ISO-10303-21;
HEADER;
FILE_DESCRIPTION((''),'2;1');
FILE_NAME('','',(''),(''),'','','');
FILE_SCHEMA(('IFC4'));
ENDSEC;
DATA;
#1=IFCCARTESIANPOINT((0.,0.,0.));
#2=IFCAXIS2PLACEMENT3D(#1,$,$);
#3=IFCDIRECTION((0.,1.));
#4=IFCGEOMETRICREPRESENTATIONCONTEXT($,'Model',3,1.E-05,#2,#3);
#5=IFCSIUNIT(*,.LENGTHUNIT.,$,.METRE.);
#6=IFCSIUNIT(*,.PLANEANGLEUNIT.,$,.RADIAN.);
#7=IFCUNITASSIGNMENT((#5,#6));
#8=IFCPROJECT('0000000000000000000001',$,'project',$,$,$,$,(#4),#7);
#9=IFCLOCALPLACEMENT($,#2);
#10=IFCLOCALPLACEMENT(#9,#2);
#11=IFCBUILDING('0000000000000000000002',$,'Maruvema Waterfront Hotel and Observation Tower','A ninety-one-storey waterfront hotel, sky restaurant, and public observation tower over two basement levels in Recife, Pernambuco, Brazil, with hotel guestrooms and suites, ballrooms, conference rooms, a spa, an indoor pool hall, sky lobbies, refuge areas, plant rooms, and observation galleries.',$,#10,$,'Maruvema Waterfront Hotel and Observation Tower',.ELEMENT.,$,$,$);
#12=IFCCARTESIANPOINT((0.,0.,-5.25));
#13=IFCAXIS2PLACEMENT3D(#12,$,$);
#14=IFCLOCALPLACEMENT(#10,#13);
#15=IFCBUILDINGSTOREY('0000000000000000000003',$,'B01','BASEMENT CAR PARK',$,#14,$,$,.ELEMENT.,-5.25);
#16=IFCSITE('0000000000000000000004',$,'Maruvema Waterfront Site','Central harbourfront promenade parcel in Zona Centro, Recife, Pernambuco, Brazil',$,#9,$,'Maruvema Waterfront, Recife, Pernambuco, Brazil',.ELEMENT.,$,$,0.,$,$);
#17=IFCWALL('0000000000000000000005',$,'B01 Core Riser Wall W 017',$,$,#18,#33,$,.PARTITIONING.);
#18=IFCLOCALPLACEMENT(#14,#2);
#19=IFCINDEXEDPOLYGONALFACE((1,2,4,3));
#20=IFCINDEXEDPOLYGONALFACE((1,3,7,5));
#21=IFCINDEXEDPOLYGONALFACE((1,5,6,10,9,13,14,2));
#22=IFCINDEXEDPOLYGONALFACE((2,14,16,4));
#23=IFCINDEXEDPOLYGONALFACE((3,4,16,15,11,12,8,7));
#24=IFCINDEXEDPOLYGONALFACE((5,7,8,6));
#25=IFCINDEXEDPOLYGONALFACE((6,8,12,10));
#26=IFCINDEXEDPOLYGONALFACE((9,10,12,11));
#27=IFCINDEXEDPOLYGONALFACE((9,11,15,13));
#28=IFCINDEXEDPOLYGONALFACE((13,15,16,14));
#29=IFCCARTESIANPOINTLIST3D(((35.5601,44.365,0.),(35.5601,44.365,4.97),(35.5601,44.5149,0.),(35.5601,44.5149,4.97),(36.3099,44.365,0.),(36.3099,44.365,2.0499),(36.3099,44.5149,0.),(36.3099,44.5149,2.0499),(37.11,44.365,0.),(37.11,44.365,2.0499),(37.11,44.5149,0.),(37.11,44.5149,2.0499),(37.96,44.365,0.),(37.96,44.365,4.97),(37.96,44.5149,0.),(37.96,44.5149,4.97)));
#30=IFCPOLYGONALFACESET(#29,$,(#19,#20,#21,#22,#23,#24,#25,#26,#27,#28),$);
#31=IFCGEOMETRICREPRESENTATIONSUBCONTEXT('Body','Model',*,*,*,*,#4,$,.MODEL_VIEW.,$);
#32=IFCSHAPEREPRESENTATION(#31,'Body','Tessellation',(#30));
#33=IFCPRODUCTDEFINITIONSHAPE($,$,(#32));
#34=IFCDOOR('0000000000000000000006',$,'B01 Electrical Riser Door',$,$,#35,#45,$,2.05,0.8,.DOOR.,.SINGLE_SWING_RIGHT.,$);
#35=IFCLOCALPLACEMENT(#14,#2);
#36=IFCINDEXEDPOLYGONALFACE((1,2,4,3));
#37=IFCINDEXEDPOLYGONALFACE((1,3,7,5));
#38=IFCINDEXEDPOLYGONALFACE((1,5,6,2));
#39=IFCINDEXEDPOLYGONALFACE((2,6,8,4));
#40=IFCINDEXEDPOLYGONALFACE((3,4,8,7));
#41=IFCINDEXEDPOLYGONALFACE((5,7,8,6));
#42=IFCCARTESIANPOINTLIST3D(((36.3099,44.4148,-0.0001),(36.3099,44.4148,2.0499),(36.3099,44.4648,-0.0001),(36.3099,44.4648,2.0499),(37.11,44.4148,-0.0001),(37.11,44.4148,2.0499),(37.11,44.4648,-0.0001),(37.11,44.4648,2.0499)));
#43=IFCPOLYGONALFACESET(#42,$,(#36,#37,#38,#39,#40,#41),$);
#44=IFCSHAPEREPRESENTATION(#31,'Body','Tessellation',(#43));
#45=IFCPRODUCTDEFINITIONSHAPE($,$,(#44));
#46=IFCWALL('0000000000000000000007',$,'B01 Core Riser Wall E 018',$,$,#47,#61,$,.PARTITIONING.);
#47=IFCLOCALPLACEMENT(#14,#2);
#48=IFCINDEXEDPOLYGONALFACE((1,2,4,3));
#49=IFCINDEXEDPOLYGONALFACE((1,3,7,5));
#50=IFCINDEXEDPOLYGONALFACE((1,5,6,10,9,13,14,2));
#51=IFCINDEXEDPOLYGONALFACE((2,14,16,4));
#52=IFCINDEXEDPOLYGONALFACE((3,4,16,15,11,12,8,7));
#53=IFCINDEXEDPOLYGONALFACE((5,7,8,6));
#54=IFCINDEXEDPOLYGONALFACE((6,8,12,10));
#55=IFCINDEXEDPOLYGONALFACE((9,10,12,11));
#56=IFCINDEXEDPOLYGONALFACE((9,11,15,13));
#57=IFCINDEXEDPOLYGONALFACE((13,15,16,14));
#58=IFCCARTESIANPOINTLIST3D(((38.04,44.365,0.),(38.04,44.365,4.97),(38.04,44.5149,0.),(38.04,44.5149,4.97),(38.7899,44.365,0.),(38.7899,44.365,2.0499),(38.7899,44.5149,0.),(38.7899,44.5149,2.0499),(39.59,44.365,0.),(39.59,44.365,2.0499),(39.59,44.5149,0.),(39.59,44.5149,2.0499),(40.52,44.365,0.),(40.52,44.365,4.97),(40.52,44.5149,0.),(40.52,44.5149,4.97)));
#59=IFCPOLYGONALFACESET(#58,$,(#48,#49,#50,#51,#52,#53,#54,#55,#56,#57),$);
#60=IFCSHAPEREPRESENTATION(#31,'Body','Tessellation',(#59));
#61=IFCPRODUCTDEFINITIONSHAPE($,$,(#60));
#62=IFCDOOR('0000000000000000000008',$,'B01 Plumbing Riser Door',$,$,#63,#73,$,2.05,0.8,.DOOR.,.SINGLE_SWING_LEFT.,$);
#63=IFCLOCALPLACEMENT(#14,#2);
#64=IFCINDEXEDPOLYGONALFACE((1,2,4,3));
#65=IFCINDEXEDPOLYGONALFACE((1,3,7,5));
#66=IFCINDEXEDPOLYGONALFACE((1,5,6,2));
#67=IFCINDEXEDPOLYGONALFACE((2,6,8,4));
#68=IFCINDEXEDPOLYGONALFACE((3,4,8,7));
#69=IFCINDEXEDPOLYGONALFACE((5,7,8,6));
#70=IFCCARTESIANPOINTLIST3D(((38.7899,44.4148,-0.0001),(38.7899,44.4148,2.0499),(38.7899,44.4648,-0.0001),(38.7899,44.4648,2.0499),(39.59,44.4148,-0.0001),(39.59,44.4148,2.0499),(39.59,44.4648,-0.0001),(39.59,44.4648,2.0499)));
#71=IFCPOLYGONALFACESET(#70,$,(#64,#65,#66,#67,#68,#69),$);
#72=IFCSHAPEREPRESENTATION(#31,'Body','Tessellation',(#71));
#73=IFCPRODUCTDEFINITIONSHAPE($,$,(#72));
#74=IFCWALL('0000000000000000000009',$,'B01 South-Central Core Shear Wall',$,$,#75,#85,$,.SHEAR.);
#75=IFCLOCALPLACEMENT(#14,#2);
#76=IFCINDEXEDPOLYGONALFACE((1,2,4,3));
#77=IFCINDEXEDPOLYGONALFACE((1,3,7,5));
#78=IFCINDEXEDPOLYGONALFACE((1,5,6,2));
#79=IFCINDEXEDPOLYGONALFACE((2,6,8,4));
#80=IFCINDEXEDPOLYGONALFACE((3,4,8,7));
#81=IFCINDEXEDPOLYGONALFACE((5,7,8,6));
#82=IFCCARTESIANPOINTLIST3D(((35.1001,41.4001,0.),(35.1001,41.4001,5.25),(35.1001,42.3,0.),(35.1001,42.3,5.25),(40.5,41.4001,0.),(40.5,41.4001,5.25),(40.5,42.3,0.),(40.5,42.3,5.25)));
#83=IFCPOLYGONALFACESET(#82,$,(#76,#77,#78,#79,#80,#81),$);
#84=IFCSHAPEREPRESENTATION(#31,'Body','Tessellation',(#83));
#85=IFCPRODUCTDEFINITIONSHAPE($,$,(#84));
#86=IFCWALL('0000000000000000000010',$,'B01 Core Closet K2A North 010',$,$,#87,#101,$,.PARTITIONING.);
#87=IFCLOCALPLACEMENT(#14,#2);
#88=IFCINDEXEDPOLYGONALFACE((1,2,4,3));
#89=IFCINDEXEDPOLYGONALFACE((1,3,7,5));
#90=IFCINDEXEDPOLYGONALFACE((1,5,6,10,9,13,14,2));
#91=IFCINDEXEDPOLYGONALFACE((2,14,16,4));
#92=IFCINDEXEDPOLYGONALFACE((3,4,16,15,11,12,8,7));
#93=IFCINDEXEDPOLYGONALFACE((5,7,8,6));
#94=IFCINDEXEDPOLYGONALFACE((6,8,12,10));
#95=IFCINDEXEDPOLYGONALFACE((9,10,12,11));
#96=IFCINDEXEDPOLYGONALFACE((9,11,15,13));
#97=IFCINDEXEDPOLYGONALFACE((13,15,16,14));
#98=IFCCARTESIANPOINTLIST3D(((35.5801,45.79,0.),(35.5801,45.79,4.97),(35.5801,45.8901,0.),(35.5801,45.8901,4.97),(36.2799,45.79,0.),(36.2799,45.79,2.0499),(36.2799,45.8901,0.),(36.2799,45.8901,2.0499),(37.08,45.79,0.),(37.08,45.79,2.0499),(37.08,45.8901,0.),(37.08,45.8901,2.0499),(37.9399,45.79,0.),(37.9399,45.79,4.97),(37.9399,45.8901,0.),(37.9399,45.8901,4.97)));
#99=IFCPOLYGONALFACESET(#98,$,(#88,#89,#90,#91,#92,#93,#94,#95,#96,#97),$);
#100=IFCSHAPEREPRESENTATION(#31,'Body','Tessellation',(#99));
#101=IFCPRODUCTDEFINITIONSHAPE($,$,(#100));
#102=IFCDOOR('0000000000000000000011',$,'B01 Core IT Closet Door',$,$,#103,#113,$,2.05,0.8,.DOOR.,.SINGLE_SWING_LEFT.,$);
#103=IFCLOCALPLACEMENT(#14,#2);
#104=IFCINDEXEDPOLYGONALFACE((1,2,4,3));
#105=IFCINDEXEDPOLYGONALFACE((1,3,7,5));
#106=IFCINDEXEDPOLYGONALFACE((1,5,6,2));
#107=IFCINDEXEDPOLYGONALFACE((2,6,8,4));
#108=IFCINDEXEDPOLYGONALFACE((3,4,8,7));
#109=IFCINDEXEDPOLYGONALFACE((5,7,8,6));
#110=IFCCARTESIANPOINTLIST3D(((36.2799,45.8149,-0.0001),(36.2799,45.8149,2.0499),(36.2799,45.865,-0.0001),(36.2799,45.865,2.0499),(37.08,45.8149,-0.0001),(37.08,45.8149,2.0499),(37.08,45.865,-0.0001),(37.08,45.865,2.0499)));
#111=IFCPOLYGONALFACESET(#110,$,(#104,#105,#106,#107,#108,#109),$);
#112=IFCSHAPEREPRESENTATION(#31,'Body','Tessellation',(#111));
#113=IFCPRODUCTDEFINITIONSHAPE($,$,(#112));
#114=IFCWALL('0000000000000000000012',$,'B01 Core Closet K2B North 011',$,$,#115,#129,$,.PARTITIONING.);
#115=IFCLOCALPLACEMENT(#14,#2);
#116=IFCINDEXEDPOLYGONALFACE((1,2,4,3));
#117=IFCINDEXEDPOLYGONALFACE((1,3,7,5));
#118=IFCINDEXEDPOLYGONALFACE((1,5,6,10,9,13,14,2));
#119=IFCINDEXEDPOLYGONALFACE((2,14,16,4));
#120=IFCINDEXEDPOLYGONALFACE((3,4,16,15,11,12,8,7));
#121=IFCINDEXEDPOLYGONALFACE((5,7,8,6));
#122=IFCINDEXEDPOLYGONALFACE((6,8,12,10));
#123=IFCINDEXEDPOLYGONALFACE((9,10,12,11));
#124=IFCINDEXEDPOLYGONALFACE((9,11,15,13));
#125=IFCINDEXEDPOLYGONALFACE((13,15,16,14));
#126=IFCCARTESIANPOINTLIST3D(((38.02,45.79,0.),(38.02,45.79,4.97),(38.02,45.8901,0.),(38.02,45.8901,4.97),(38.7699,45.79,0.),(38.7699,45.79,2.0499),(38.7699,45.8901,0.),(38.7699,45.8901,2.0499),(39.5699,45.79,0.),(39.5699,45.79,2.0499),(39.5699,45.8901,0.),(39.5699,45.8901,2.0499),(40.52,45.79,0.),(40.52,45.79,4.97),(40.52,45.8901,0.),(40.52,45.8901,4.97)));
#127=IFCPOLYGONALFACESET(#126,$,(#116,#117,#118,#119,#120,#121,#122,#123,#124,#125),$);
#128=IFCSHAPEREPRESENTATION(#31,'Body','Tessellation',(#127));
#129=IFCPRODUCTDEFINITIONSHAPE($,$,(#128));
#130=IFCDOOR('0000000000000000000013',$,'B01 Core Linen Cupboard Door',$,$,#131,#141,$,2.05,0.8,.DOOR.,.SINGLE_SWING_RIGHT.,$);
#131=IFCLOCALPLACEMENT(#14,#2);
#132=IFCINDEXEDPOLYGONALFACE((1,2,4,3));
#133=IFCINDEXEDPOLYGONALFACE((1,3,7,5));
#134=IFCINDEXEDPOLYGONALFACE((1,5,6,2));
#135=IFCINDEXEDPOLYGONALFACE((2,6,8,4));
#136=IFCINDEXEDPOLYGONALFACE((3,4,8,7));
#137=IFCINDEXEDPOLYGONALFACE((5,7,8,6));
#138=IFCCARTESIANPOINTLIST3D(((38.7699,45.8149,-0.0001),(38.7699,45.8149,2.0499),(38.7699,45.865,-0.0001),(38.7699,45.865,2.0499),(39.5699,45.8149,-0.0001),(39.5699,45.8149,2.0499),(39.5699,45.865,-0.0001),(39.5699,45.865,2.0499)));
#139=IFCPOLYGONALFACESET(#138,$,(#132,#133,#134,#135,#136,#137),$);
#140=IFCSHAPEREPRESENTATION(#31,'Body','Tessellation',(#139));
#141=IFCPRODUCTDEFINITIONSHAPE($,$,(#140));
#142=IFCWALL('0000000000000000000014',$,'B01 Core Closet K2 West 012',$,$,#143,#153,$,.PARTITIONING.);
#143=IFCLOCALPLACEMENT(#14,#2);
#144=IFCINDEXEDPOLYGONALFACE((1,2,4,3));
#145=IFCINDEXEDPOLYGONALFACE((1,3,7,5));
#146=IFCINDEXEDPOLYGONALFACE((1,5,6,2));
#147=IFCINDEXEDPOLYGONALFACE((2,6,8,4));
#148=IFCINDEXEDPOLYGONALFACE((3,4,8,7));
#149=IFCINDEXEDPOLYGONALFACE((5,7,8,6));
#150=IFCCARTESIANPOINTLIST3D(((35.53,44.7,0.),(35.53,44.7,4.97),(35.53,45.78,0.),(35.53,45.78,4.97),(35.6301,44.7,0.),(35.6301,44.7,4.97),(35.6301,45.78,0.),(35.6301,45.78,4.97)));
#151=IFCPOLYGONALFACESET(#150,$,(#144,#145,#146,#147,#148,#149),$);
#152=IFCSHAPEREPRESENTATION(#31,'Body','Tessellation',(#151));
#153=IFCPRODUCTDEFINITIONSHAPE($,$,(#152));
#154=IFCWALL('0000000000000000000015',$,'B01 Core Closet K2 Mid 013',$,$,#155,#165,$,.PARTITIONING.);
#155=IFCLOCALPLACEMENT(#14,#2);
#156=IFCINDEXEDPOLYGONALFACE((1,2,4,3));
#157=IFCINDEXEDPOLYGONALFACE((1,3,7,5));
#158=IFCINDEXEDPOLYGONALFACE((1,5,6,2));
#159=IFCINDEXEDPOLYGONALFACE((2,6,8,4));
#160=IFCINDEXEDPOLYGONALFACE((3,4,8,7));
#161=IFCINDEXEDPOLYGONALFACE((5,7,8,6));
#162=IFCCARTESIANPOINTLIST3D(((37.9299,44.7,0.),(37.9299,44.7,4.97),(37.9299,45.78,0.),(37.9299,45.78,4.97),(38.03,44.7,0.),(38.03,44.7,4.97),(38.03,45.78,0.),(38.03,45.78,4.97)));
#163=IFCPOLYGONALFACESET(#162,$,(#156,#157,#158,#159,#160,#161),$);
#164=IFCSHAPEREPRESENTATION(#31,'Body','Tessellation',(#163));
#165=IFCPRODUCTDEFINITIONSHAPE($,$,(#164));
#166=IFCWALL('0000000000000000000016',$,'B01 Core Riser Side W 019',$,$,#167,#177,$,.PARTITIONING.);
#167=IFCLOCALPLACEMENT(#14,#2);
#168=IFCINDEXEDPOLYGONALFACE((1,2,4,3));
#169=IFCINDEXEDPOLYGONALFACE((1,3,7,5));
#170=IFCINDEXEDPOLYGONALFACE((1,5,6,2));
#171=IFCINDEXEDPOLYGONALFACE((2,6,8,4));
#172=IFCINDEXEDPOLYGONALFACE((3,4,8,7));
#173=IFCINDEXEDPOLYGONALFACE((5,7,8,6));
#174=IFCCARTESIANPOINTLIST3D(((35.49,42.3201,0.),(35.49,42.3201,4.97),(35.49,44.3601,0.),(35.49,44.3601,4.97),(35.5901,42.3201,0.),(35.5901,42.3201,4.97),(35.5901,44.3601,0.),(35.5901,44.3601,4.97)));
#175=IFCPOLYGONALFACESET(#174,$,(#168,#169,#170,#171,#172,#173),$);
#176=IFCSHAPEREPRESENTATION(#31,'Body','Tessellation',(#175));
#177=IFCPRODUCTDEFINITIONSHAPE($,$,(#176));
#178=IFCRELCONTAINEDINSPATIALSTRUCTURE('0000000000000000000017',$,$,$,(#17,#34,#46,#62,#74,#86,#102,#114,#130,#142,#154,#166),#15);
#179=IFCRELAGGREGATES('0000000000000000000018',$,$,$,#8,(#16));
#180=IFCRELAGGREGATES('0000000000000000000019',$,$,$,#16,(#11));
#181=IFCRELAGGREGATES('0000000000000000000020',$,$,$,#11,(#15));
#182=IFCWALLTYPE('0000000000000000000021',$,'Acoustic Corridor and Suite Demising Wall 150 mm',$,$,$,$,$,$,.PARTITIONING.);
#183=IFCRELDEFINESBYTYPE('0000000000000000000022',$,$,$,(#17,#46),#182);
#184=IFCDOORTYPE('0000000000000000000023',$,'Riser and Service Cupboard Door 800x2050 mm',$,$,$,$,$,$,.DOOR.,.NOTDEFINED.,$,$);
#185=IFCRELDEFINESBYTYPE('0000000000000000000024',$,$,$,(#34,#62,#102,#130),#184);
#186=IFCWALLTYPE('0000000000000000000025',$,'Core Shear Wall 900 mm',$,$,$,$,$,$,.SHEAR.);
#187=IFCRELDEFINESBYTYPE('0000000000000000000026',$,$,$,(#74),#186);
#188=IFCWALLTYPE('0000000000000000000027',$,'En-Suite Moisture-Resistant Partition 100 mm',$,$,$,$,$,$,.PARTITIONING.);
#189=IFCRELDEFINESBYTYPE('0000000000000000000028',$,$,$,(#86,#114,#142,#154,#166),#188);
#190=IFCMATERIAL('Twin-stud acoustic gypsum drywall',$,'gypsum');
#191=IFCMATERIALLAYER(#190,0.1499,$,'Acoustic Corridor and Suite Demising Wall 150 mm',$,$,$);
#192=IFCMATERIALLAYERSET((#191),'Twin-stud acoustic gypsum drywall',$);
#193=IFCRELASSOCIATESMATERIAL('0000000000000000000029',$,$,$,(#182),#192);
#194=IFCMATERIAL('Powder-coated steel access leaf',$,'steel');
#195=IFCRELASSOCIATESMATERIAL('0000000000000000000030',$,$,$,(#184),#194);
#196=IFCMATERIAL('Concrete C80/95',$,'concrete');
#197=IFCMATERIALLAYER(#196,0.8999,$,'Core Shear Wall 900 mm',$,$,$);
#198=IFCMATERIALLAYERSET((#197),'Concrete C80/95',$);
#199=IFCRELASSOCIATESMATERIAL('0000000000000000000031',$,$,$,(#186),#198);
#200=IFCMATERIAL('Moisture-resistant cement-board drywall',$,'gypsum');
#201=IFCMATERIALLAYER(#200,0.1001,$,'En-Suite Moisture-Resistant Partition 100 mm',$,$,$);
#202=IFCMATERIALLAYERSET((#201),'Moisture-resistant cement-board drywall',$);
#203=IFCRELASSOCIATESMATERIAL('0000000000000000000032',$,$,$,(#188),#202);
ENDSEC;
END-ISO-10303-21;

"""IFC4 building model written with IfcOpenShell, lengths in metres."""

from ifc_helpers import new_model, si_unit, direction, frame, frame_2d, origin, place, context, subcontext, project, spatial, rectangle, extrude, material, layer, layer_set, type_object, element, fill, save


model = new_model("IFC4")

# Units and contexts
model_context = context("Model", 3, precision=1e-05, world=origin(), true_north=direction((0.0, 1.0)))
body_context = subcontext(model_context, "Body", "Model", "MODEL_VIEW")
ifc_project = project(units=[si_unit("LENGTHUNIT", "METRE"), si_unit("PLANEANGLEUNIT", "RADIAN")], contexts=[model_context])

# Site, building, storey
site_placement = place(None, origin())
site = spatial("IfcSite", under=ifc_project, at=site_placement, Name="Maruvema Waterfront Site", Description="Central harbourfront promenade parcel in Zona Centro, Recife, Pernambuco, Brazil", LongName="Maruvema Waterfront, Recife, Pernambuco, Brazil", CompositionType="ELEMENT", RefElevation=0.0)
building_placement = place(site_placement, origin())
building = spatial("IfcBuilding", under=site, at=building_placement, Name="Maruvema Waterfront Hotel and Observation Tower", Description="A ninety-one-storey waterfront hotel, sky restaurant, and public observation tower over two basement levels in Recife, Pernambuco, Brazil, with hotel guestrooms and suites, ballrooms, conference rooms, a spa, an indoor pool hall, sky lobbies, refuge areas, plant rooms, and observation galleries.", LongName="Maruvema Waterfront Hotel and Observation Tower", CompositionType="ELEMENT")
storey_placement = place(building_placement, frame((0.0, 0.0, -5.25)))
storey = spatial("IfcBuildingStorey", under=building, at=storey_placement, Name="B01", Description="BASEMENT CAR PARK", CompositionType="ELEMENT", Elevation=-5.25)

# Walls, openings, doors
ifc_material_1 = material(Name="Twin-stud acoustic gypsum drywall", Category="gypsum")
ifc_layer_1 = layer(ifc_material_1, 0.1499, Name="Acoustic Corridor and Suite Demising Wall 150 mm")
ifc_layer_set_1 = layer_set([ifc_layer_1], Name="Twin-stud acoustic gypsum drywall")
wall_type_1 = type_object("IfcWallType", Name="Acoustic Corridor and Suite Demising Wall 150 mm", PredefinedType="PARTITIONING", material=ifc_layer_set_1)
wall_1_placement = place(storey_placement, frame((35.5601, 44.4399, 0.0), z_axis=(0.0, 0.0, 1.0), x_axis=(1.0, 0.0, 0.0)))
wall_1 = element("IfcWall", 1, at=wall_1_placement, inside=storey, type_object=wall_type_1, Name="B01 Core Riser Wall W 017", PredefinedType="PARTITIONING", context=body_context, shape_type="SweptSolid", body=[
    extrude(rectangle(XDim=2.3999, YDim=0.1499, at=frame_2d((1.2, 0.0))), origin(), (0.0, 0.0, 1.0), 4.97),
])
opening_1_placement = place(wall_1_placement, frame((0.75, 0.0, 0.0)))
opening_1 = element("IfcOpeningElement", 2, at=opening_1_placement, cuts=wall_1, PredefinedType="OPENING", context=body_context, shape_type="SweptSolid", body=[
    extrude(rectangle(XDim=0.8, YDim=2.05, at=frame_2d((0.3999, 1.0249))), frame((0.0, 0.085, 0.0), z_axis=(0.0, -1.0, 0.0), x_axis=(1.0, 0.0, 0.0)), (0.0, 0.0, 1.0), 0.1699),
])
ifc_material_2 = material(Name="Powder-coated steel access leaf", Category="steel")
door_type = type_object("IfcDoorType", Name="Riser and Service Cupboard Door 800x2050 mm", OperationType="NOTDEFINED", PredefinedType="DOOR", material=ifc_material_2)
door_1_placement = place(opening_1_placement, origin())
door_1 = element("IfcDoor", 3, at=door_1_placement, inside=storey, type_object=door_type, Name="B01 Electrical Riser Door", OperationType="SINGLE_SWING_RIGHT", OverallHeight=2.05, OverallWidth=0.8, PredefinedType="DOOR", context=body_context, shape_type="SweptSolid", body=[
    extrude(rectangle(XDim=0.8, YDim=2.05, at=frame_2d((0.3999, 1.0249))), frame((0.0, 0.0249, 0.0), z_axis=(0.0, -1.0, 0.0), x_axis=(1.0, 0.0, 0.0)), (0.0, 0.0, 1.0), 0.05),
])
fill(opening_1, door_1)
wall_2_placement = place(storey_placement, frame((38.04, 44.4399, 0.0), z_axis=(0.0, 0.0, 1.0), x_axis=(1.0, 0.0, 0.0)))
wall_2 = element("IfcWall", 4, at=wall_2_placement, inside=storey, type_object=wall_type_1, Name="B01 Core Riser Wall E 018", PredefinedType="PARTITIONING", context=body_context, shape_type="SweptSolid", body=[
    extrude(rectangle(XDim=2.48, YDim=0.1499, at=frame_2d((1.24, 0.0))), origin(), (0.0, 0.0, 1.0), 4.97),
])
opening_2_placement = place(wall_2_placement, frame((0.75, 0.0, 0.0)))
opening_2 = element("IfcOpeningElement", 5, at=opening_2_placement, cuts=wall_2, PredefinedType="OPENING", context=body_context, shape_type="SweptSolid", body=[
    extrude(rectangle(XDim=0.8, YDim=2.05, at=frame_2d((0.3999, 1.0249))), frame((0.0, 0.085, 0.0), z_axis=(0.0, -1.0, 0.0), x_axis=(1.0, 0.0, 0.0)), (0.0, 0.0, 1.0), 0.1699),
])
door_2_placement = place(opening_2_placement, origin())
door_2 = element("IfcDoor", 6, at=door_2_placement, inside=storey, type_object=door_type, Name="B01 Plumbing Riser Door", OperationType="SINGLE_SWING_LEFT", OverallHeight=2.05, OverallWidth=0.8, PredefinedType="DOOR", context=body_context, shape_type="SweptSolid", body=[
    extrude(rectangle(XDim=0.8, YDim=2.05, at=frame_2d((0.3999, 1.0249))), frame((0.0, 0.0249, 0.0), z_axis=(0.0, -1.0, 0.0), x_axis=(1.0, 0.0, 0.0)), (0.0, 0.0, 1.0), 0.05),
])
fill(opening_2, door_2)

# Wall
ifc_material_3 = material(Name="Concrete C80/95", Category="concrete")
ifc_layer_2 = layer(ifc_material_3, 0.8999, Name="Core Shear Wall 900 mm")
ifc_layer_set_2 = layer_set([ifc_layer_2], Name="Concrete C80/95")
wall_type_2 = type_object("IfcWallType", Name="Core Shear Wall 900 mm", PredefinedType="SHEAR", material=ifc_layer_set_2)
wall_3_placement = place(storey_placement, frame((35.1001, 41.8501, 0.0), z_axis=(0.0, 0.0, 1.0), x_axis=(1.0, 0.0, 0.0)))
element("IfcWall", 7, at=wall_3_placement, inside=storey, type_object=wall_type_2, Name="B01 South-Central Core Shear Wall", PredefinedType="SHEAR", context=body_context, shape_type="SweptSolid", body=[
    extrude(rectangle(XDim=5.3999, YDim=0.8999, at=frame_2d((2.7, 0.0))), origin(), (0.0, 0.0, 1.0), 5.25),
])

# Walls, openings, doors
ifc_material_4 = material(Name="Moisture-resistant cement-board drywall", Category="gypsum")
ifc_layer_3 = layer(ifc_material_4, 0.1001, Name="En-Suite Moisture-Resistant Partition 100 mm")
ifc_layer_set_3 = layer_set([ifc_layer_3], Name="Moisture-resistant cement-board drywall")
wall_type_3 = type_object("IfcWallType", Name="En-Suite Moisture-Resistant Partition 100 mm", PredefinedType="PARTITIONING", material=ifc_layer_set_3)
wall_4_placement = place(storey_placement, frame((35.5801, 45.8401, 0.0), z_axis=(0.0, 0.0, 1.0), x_axis=(1.0, 0.0, 0.0)))
wall_4 = element("IfcWall", 8, at=wall_4_placement, inside=storey, type_object=wall_type_3, Name="B01 Core Closet K2A North 010", PredefinedType="PARTITIONING", context=body_context, shape_type="SweptSolid", body=[
    extrude(rectangle(XDim=2.3599, YDim=0.1001, at=frame_2d((1.1799, 0.0))), origin(), (0.0, 0.0, 1.0), 4.97),
])
opening_3_placement = place(wall_4_placement, frame((0.7, 0.0, 0.0)))
opening_3 = element("IfcOpeningElement", 9, at=opening_3_placement, cuts=wall_4, PredefinedType="OPENING", context=body_context, shape_type="SweptSolid", body=[
    extrude(rectangle(XDim=0.8, YDim=2.05, at=frame_2d((0.3999, 1.0249))), frame((0.0, 0.0601, 0.0), z_axis=(0.0, -1.0, 0.0), x_axis=(1.0, 0.0, 0.0)), (0.0, 0.0, 1.0), 0.1201),
])
door_3_placement = place(opening_3_placement, origin())
door_3 = element("IfcDoor", 10, at=door_3_placement, inside=storey, type_object=door_type, Name="B01 Core IT Closet Door", OperationType="SINGLE_SWING_LEFT", OverallHeight=2.05, OverallWidth=0.8, PredefinedType="DOOR", context=body_context, shape_type="SweptSolid", body=[
    extrude(rectangle(XDim=0.8, YDim=2.05, at=frame_2d((0.3999, 1.0249))), frame((0.0, 0.0249, 0.0), z_axis=(0.0, -1.0, 0.0), x_axis=(1.0, 0.0, 0.0)), (0.0, 0.0, 1.0), 0.05),
])
fill(opening_3, door_3)
wall_5_placement = place(storey_placement, frame((38.02, 45.8401, 0.0), z_axis=(0.0, 0.0, 1.0), x_axis=(1.0, 0.0, 0.0)))
wall_5 = element("IfcWall", 11, at=wall_5_placement, inside=storey, type_object=wall_type_3, Name="B01 Core Closet K2B North 011", PredefinedType="PARTITIONING", context=body_context, shape_type="SweptSolid", body=[
    extrude(rectangle(XDim=2.5, YDim=0.1001, at=frame_2d((1.25, 0.0))), origin(), (0.0, 0.0, 1.0), 4.97),
])
opening_4_placement = place(wall_5_placement, frame((0.75, 0.0, 0.0)))
opening_4 = element("IfcOpeningElement", 12, at=opening_4_placement, cuts=wall_5, PredefinedType="OPENING", context=body_context, shape_type="SweptSolid", body=[
    extrude(rectangle(XDim=0.8, YDim=2.05, at=frame_2d((0.3999, 1.0249))), frame((0.0, 0.0601, 0.0), z_axis=(0.0, -1.0, 0.0), x_axis=(1.0, 0.0, 0.0)), (0.0, 0.0, 1.0), 0.1201),
])
door_4_placement = place(opening_4_placement, origin())
door_4 = element("IfcDoor", 13, at=door_4_placement, inside=storey, type_object=door_type, Name="B01 Core Linen Cupboard Door", OperationType="SINGLE_SWING_RIGHT", OverallHeight=2.05, OverallWidth=0.8, PredefinedType="DOOR", context=body_context, shape_type="SweptSolid", body=[
    extrude(rectangle(XDim=0.8, YDim=2.05, at=frame_2d((0.3999, 1.0249))), frame((0.0, 0.0249, 0.0), z_axis=(0.0, -1.0, 0.0), x_axis=(1.0, 0.0, 0.0)), (0.0, 0.0, 1.0), 0.05),
])
fill(opening_4, door_4)

# Walls
for number, where, z_axis, x_axis, name in (
    (14, (35.5801, 44.7, 0.0), (0.0, 0.0, 1.0), (0.0, 1.0, 0.0), "B01 Core Closet K2 West 012"),
    (15, (37.98, 44.7, 0.0), (0.0, 0.0, 1.0), (0.0, 1.0, 0.0), "B01 Core Closet K2 Mid 013"),
):
    element("IfcWall", number, at=place(storey_placement, frame(where, z_axis=z_axis, x_axis=x_axis)), inside=storey, type_object=wall_type_3, Name=name, PredefinedType="PARTITIONING", context=body_context, shape_type="SweptSolid", body=[
        extrude(rectangle(XDim=1.0801, YDim=0.1001, at=frame_2d((0.54, 0.0))), origin(), (0.0, 0.0, 1.0), 4.97),
    ])
wall_6_placement = place(storey_placement, frame((35.54, 42.3201, 0.0), z_axis=(0.0, 0.0, 1.0), x_axis=(0.0, 1.0, 0.0)))
element("IfcWall", 16, at=wall_6_placement, inside=storey, type_object=wall_type_3, Name="B01 Core Riser Side W 019", PredefinedType="PARTITIONING", context=body_context, shape_type="SweptSolid", body=[
    extrude(rectangle(XDim=2.04, YDim=0.1001, at=frame_2d((1.02, 0.0))), origin(), (0.0, 0.0, 1.0), 4.97),
])

save(model, "model.ifc")
